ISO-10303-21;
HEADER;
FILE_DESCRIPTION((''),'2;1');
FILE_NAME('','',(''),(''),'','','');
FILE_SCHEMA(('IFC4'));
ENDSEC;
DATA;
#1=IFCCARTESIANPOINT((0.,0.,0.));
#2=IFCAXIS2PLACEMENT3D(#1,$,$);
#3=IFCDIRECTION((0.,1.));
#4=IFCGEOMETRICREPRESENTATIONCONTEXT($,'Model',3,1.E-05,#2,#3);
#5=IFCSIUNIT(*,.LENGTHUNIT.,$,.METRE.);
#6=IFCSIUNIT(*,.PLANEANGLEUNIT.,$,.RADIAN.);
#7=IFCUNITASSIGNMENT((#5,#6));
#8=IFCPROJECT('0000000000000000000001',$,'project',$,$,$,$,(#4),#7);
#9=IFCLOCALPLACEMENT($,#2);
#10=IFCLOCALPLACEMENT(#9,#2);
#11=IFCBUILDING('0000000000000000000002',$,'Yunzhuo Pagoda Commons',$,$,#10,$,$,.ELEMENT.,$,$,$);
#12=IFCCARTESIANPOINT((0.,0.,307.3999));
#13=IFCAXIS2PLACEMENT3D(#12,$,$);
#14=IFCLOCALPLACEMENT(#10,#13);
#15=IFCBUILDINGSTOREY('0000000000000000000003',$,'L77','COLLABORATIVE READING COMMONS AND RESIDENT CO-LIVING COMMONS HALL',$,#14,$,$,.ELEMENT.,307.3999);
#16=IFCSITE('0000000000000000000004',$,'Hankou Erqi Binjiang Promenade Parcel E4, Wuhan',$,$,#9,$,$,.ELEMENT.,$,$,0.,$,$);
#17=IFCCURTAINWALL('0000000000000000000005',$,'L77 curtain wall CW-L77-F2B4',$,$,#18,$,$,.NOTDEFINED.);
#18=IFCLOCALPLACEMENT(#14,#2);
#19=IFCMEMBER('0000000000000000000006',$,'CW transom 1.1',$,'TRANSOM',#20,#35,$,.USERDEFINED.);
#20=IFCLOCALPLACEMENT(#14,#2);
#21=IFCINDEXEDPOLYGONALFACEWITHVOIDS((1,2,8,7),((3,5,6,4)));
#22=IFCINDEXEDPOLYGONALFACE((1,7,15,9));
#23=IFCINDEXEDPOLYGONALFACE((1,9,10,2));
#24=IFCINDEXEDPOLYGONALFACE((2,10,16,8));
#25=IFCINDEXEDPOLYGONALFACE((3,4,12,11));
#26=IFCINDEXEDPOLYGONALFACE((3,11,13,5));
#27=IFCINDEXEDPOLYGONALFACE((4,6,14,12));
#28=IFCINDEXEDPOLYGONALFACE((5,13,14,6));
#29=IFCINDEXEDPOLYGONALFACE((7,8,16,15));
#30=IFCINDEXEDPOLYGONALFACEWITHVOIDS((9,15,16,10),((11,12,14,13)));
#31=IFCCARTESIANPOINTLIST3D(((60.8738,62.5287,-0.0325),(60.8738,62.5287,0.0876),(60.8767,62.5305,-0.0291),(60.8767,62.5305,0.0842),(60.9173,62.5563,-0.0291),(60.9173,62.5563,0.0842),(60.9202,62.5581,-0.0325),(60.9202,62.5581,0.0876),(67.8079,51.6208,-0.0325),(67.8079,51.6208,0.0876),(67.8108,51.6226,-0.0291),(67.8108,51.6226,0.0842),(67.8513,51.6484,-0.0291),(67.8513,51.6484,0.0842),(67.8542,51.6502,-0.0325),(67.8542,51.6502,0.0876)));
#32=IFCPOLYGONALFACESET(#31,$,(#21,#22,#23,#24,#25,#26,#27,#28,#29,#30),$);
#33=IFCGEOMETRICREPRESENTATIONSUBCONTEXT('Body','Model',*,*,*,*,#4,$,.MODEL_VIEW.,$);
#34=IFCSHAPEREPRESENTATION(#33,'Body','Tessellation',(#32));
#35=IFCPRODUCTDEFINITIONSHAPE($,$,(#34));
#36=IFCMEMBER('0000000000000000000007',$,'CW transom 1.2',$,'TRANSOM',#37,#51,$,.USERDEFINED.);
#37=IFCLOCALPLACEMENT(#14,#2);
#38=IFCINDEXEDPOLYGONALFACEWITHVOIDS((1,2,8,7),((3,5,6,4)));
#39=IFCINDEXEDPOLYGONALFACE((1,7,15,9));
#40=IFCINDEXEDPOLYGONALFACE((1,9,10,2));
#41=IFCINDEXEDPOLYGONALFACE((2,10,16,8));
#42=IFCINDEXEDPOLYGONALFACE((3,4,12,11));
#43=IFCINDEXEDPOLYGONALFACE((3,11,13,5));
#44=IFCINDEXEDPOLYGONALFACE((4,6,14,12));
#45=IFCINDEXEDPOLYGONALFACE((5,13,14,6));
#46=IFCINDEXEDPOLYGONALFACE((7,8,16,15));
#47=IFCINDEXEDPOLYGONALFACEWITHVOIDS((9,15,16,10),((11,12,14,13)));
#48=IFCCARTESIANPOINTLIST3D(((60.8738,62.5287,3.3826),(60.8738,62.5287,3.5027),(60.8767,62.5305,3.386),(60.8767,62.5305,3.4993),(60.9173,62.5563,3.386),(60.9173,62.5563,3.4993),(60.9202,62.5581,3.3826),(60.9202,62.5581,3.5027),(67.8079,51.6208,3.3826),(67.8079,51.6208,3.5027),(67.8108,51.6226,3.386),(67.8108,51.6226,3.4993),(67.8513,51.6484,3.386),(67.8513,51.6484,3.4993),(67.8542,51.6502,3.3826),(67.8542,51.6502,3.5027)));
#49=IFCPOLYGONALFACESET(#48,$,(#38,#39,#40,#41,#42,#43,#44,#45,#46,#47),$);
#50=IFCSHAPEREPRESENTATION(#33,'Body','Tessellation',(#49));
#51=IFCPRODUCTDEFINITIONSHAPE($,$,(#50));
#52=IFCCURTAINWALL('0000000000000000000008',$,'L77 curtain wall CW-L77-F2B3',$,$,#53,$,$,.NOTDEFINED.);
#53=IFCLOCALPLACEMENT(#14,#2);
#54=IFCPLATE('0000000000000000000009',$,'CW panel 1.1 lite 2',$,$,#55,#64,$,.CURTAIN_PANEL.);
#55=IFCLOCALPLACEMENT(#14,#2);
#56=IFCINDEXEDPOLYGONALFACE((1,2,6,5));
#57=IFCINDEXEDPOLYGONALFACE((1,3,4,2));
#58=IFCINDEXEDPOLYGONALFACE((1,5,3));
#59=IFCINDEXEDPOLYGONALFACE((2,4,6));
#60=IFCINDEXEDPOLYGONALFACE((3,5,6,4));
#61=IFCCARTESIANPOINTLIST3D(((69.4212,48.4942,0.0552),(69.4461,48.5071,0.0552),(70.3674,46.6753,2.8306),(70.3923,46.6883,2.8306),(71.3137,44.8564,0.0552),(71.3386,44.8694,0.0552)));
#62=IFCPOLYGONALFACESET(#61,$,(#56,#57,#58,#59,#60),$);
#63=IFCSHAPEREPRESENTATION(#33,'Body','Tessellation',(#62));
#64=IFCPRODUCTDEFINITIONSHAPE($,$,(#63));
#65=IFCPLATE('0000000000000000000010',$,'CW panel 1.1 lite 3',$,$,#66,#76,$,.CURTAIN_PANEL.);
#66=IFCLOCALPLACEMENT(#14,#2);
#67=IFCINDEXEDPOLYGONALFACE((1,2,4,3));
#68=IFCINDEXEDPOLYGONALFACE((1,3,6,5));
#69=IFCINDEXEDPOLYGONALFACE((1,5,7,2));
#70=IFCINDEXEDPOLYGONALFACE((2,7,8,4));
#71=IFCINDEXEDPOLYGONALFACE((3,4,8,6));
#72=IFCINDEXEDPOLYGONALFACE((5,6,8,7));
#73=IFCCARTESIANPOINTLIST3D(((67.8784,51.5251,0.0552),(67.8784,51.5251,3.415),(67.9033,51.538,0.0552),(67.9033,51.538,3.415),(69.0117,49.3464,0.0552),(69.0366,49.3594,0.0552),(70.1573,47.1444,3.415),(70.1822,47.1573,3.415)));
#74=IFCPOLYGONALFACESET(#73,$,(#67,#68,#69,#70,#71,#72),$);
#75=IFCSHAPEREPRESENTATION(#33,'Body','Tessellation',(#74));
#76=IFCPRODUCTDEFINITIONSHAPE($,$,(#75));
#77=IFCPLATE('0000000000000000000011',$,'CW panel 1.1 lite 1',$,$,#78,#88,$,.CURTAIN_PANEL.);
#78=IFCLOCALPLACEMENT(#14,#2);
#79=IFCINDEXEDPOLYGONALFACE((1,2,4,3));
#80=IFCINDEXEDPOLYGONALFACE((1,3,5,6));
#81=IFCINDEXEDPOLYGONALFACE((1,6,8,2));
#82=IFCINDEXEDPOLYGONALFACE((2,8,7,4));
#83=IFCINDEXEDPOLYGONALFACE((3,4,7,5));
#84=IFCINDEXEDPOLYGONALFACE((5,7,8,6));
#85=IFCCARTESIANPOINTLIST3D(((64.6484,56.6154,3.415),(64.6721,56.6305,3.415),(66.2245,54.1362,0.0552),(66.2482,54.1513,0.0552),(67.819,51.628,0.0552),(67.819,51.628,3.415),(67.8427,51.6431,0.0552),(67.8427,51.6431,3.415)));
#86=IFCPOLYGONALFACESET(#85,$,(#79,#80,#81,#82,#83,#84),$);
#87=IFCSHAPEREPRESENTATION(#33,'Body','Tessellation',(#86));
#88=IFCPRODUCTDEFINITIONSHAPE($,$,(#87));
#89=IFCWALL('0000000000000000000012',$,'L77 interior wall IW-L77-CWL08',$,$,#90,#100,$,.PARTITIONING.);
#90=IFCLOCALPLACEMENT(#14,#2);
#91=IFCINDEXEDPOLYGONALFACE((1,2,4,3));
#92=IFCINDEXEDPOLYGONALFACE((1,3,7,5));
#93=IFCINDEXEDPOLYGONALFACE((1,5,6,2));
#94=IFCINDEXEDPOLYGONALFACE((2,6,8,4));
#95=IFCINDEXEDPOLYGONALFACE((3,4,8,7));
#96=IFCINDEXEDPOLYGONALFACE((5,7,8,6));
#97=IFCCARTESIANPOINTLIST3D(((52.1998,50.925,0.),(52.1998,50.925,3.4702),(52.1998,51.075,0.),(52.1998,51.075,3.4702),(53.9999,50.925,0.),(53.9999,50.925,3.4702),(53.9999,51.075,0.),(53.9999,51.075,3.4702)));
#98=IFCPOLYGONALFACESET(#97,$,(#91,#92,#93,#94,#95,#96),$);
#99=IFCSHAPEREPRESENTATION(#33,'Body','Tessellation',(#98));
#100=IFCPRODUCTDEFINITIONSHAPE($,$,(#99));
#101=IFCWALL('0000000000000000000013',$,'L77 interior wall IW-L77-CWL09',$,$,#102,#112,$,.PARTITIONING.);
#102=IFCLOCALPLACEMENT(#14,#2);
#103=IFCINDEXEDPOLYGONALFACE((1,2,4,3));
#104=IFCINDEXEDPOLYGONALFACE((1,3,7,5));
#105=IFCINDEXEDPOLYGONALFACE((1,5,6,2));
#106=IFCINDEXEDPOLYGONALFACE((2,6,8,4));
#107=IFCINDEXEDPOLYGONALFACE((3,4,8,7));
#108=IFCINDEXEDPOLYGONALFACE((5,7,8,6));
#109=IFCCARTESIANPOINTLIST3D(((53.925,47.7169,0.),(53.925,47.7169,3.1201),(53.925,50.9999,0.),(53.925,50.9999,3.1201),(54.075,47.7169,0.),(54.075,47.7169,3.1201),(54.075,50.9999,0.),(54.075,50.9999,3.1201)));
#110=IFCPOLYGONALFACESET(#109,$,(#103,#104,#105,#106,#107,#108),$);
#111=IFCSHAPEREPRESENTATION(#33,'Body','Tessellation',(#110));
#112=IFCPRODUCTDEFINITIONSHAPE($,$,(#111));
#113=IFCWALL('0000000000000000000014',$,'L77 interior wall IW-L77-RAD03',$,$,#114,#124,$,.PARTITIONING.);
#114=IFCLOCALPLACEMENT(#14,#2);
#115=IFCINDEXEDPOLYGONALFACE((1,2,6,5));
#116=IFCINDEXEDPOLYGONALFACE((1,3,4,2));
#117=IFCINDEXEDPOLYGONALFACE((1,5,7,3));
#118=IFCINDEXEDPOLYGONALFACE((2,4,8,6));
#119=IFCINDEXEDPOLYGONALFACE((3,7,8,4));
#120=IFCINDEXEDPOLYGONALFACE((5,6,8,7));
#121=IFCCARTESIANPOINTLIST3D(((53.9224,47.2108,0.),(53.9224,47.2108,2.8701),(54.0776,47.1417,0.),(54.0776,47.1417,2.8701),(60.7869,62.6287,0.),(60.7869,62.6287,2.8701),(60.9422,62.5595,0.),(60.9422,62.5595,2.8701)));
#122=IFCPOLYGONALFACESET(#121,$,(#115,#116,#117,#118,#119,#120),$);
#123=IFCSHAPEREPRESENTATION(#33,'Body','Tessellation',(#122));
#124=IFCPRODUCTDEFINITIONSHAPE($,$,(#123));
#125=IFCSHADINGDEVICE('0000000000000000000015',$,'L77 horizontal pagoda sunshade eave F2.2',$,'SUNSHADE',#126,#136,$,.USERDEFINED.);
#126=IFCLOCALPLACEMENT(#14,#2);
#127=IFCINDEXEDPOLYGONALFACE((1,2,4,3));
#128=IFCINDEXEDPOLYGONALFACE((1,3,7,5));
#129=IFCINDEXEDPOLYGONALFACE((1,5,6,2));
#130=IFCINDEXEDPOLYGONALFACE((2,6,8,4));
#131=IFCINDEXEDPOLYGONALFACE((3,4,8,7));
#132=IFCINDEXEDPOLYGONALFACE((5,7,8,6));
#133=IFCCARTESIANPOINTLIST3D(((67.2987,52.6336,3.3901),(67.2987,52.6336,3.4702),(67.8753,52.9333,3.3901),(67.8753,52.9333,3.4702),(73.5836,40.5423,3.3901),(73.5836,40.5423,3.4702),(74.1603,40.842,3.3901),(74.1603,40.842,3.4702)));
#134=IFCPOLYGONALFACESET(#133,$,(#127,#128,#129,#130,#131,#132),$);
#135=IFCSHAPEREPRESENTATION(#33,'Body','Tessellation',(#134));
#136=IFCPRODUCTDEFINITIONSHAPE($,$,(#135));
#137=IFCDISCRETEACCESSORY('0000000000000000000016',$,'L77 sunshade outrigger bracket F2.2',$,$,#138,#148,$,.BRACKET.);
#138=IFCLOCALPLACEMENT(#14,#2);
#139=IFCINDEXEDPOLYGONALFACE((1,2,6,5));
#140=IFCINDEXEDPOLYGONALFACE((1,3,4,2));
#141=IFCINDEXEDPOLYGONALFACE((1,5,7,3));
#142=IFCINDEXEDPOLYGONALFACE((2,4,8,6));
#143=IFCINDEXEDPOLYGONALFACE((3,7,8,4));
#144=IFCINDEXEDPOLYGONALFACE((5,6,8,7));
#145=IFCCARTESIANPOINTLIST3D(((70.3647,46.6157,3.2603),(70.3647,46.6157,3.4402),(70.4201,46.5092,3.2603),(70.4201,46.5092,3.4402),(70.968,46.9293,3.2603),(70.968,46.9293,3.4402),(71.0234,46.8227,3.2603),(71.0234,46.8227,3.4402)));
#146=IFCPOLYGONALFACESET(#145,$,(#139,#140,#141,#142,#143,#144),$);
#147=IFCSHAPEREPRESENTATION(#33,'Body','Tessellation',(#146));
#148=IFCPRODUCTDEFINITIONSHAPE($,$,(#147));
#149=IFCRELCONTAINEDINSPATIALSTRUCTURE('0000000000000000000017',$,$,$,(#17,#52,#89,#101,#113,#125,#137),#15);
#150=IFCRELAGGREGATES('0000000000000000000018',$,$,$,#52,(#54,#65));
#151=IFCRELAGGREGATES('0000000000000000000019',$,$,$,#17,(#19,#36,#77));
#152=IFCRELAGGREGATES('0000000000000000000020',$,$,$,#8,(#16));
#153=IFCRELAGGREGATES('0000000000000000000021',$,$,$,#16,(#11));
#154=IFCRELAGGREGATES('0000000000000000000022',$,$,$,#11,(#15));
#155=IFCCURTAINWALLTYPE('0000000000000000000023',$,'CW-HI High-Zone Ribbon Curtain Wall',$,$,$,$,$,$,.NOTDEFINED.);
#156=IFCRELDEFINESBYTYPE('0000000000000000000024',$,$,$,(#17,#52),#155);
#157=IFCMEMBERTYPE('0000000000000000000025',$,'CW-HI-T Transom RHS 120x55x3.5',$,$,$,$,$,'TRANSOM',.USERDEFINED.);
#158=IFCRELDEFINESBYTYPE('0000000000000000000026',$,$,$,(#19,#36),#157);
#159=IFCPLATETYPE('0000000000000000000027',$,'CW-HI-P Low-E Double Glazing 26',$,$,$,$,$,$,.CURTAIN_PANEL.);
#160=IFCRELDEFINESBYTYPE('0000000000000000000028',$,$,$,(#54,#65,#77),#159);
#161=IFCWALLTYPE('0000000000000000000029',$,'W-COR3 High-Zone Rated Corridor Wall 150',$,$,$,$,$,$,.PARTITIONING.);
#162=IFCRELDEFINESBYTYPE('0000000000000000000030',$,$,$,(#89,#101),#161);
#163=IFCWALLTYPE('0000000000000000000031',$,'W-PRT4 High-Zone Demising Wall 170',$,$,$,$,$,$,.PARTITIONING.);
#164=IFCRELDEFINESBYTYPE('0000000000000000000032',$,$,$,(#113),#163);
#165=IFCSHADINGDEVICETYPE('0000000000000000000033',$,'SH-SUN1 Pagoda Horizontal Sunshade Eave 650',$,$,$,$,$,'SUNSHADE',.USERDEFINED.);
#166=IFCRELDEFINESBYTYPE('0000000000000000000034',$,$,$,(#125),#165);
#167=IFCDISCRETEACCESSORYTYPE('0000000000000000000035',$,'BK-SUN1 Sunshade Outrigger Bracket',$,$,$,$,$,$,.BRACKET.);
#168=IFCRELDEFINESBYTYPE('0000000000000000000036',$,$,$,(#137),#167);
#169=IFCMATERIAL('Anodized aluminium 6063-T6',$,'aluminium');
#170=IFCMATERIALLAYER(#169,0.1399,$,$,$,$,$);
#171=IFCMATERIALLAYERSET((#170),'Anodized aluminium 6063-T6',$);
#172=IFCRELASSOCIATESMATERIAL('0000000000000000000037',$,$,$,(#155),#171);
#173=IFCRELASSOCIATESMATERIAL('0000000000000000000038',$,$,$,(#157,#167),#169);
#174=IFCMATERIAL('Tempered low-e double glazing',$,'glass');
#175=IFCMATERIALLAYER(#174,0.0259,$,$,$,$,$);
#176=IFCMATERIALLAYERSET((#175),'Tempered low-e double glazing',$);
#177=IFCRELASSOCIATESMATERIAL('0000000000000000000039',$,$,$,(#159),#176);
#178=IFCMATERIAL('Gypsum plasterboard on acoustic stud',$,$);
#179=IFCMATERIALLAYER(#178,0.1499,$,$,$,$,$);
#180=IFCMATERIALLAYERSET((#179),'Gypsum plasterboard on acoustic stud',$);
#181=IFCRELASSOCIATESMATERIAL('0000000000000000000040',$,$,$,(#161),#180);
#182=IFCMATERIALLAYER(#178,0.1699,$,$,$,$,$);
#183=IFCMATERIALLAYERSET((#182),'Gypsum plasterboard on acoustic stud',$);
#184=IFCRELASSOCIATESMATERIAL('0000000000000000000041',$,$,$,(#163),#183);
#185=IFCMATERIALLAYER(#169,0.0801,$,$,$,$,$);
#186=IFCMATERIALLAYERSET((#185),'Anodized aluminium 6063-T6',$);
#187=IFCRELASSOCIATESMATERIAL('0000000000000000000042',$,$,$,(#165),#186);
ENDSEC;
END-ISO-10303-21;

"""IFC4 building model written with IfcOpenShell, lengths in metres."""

from ifc_helpers import new_model, si_unit, direction, frame, frame_2d, origin, origin_2d, place, context, subcontext, project, spatial, polyline, rectangle, hollow_rectangle, outline, extrude, source, transform, mapped, material, layer, layer_set, material_profile, profile_set, type_object, element, aggregate, save


model = new_model("IFC4")

# Units and contexts
model_context = context("Model", 3, precision=1e-05, world=origin(), true_north=direction((0.0, 1.0)))
body_context = subcontext(model_context, "Body", "Model", "MODEL_VIEW")
ifc_project = project(units=[si_unit("LENGTHUNIT", "METRE"), si_unit("PLANEANGLEUNIT", "RADIAN")], contexts=[model_context])

# Site, building, storey
site_placement = place(None, origin())
site = spatial("IfcSite", under=ifc_project, at=site_placement, Name="Hankou Erqi Binjiang Promenade Parcel E4, Wuhan", CompositionType="ELEMENT", RefElevation=0.0)
building_placement = place(site_placement, origin())
building = spatial("IfcBuilding", under=site, at=building_placement, Name="Yunzhuo Pagoda Commons", CompositionType="ELEMENT")
storey_placement = place(building_placement, frame((0.0, 0.0, 307.3999)))
storey = spatial("IfcBuildingStorey", under=building, at=storey_placement, Name="L77", Description="COLLABORATIVE READING COMMONS AND RESIDENT CO-LIVING COMMONS HALL", CompositionType="ELEMENT", Elevation=307.3999)

# Curtain wall, members
ifc_material_1 = material(Name="Anodized aluminium 6063-T6", Category="aluminium")
ifc_layer_1 = layer(ifc_material_1, 0.1399)
ifc_layer_set_1 = layer_set([ifc_layer_1], Name="Anodized aluminium 6063-T6")
curtain_wall_type = type_object("IfcCurtainWallType", Name="CW-HI High-Zone Ribbon Curtain Wall", PredefinedType="NOTDEFINED", material=ifc_layer_set_1)
curtain_wall_1_placement = place(storey_placement, origin())
curtain_wall_1 = element("IfcCurtainWall", 1, at=curtain_wall_1_placement, inside=storey, type_object=curtain_wall_type, Name="L77 curtain wall CW-L77-F2B4", PredefinedType="NOTDEFINED")
ifc_material_profile_1 = material_profile(ifc_material_1, hollow_rectangle(XDim=0.0549, YDim=0.1201, WallThickness=0.0034, at=origin_2d()), Name="Anodized aluminium 6063-T6")
ifc_profile_set_1 = profile_set([ifc_material_profile_1], Name="Anodized aluminium 6063-T6")
member_type_1 = type_object("IfcMemberType", Name="CW-HI-T Transom RHS 120x55x3.5", ElementType="TRANSOM", PredefinedType="USERDEFINED", material=ifc_profile_set_1)
shared_shape_1 = source(origin(), body_context, "Body", "SweptSolid", [
    extrude(hollow_rectangle(XDim=0.0549, YDim=0.1201, WallThickness=0.0034, at=origin_2d()), origin(), (0.0, 0.0, 1.0), 12.9253),
])
member_1_placement = place(storey_placement, frame((67.8311, 51.6355, 0.0276), z_axis=(-0.536471, 0.843919, 0.0), x_axis=(-0.843919, -0.536471, 0.0)))
member_1 = element("IfcMember", 2, at=member_1_placement, type_object=member_type_1, Name="CW transom 1.1", ObjectType="TRANSOM", PredefinedType="USERDEFINED", context=body_context, shape_type="MappedRepresentation", body=[
    mapped(shared_shape_1, transform((0.0, 0.0, 0.0), scale=1.0)),
])
member_2_placement = place(storey_placement, frame((67.8311, 51.6355, 3.4426), z_axis=(-0.536471, 0.843919, 0.0), x_axis=(-0.843919, -0.536471, 0.0)))
member_2 = element("IfcMember", 3, at=member_2_placement, type_object=member_type_1, Name="CW transom 1.2", ObjectType="TRANSOM", PredefinedType="USERDEFINED", context=body_context, shape_type="MappedRepresentation", body=[
    mapped(shared_shape_1, transform((0.0, 0.0, 0.0), scale=1.0)),
])

# Curtain wall, plates
curtain_wall_2_placement = place(storey_placement, origin())
curtain_wall_2 = element("IfcCurtainWall", 4, at=curtain_wall_2_placement, inside=storey, type_object=curtain_wall_type, Name="L77 curtain wall CW-L77-F2B3", PredefinedType="NOTDEFINED")
ifc_material_2 = material(Name="Tempered low-e double glazing", Category="glass")
ifc_layer_2 = layer(ifc_material_2, 0.0259)
ifc_layer_set_2 = layer_set([ifc_layer_2], Name="Tempered low-e double glazing")
plate_type = type_object("IfcPlateType", Name="CW-HI-P Low-E Double Glazing 26", PredefinedType="CURTAIN_PANEL", material=ifc_layer_set_2)
plate_1_placement = place(storey_placement, frame((70.3674, 46.6753, 1.4429), z_axis=(0.887137, 0.461505, 0.0), x_axis=(-0.461505, 0.887137, 0.0)))
plate_1 = element("IfcPlate", 5, at=plate_1_placement, type_object=plate_type, Name="CW panel 1.1 lite 2", PredefinedType="CURTAIN_PANEL", context=body_context, shape_type="SweptSolid", body=[
    extrude(outline(polyline([(-2.0503, -1.3877), (2.0503, -1.3877), (0.0, 1.3877), (-2.0503, -1.3877)])), origin(), (0.0, 0.0, 1.0), 0.0281),
])
plate_2_placement = place(storey_placement, frame((69.0178, 49.3347, 1.7351), z_axis=(0.887137, 0.461505, 0.0), x_axis=(-0.461505, 0.887137, 0.0)))
plate_2 = element("IfcPlate", 6, at=plate_2_placement, type_object=plate_type, Name="CW panel 1.1 lite 3", PredefinedType="CURTAIN_PANEL", context=body_context, shape_type="SweptSolid", body=[
    extrude(outline(polyline([(-2.469, 1.6799), (0.0132, -1.6799), (2.469, -1.6799), (2.469, 1.6799), (-2.469, 1.6799)])), origin(), (0.0, 0.0, 1.0), 0.0281),
])
aggregate(curtain_wall_2, [plate_1, plate_2])

# Plate
plate_3_placement = place(storey_placement, frame((66.2336, 54.1218, 1.7351), z_axis=(0.84391, 0.536485, 0.0), x_axis=(-0.536485, 0.84391, 0.0)))
plate_3 = element("IfcPlate", 7, at=plate_3_placement, type_object=plate_type, Name="CW panel 1.1 lite 1", PredefinedType="CURTAIN_PANEL", context=body_context, shape_type="SweptSolid", body=[
    extrude(outline(polyline([(-2.9551, -1.6799), (0.0171, -1.6799), (2.9548, 1.6799), (-2.9551, 1.6799), (-2.9551, -1.6799)])), origin(), (0.0, 0.0, 1.0), 0.0281),
])
aggregate(curtain_wall_1, [member_1, member_2, plate_3])

# Walls
ifc_material_3 = material(Name="Gypsum plasterboard on acoustic stud")
ifc_layer_3 = layer(ifc_material_3, 0.1499)
ifc_layer_set_3 = layer_set([ifc_layer_3], Name="Gypsum plasterboard on acoustic stud")
wall_type_1 = type_object("IfcWallType", Name="W-COR3 High-Zone Rated Corridor Wall 150", PredefinedType="PARTITIONING", material=ifc_layer_set_3)
wall_1_placement = place(storey_placement, frame((52.2, 51.0, 0.0), z_axis=(0.0, 0.0, 1.0), x_axis=(1.0, 0.0, 0.0)))
element("IfcWall", 8, at=wall_1_placement, inside=storey, type_object=wall_type_1, Name="L77 interior wall IW-L77-CWL08", PredefinedType="PARTITIONING", context=body_context, shape_type="SweptSolid", body=[
    extrude(rectangle(XDim=1.8, YDim=0.1499, at=frame_2d((0.8999, 0.0))), origin(), (0.0, 0.0, 1.0), 3.4702),
])
wall_2_placement = place(storey_placement, frame((54.0, 51.0, 0.0), z_axis=(0.0, 0.0, 1.0), x_axis=(0.0, -1.0, 0.0)))
element("IfcWall", 9, at=wall_2_placement, inside=storey, type_object=wall_type_1, Name="L77 interior wall IW-L77-CWL09", PredefinedType="PARTITIONING", context=body_context, shape_type="SweptSolid", body=[
    extrude(rectangle(XDim=3.283, YDim=0.1499, at=frame_2d((1.6416, 0.0))), origin(), (0.0, 0.0, 1.0), 3.1201),
])

# Wall
ifc_layer_4 = layer(ifc_material_3, 0.1699)
ifc_layer_set_4 = layer_set([ifc_layer_4], Name="Gypsum plasterboard on acoustic stud")
wall_type_2 = type_object("IfcWallType", Name="W-PRT4 High-Zone Demising Wall 170", PredefinedType="PARTITIONING", material=ifc_layer_set_4)
wall_3_placement = place(storey_placement, frame((54.0, 47.1763, 0.0), z_axis=(0.0, 0.0, 1.0), x_axis=(0.406741, 0.913544, 0.0)))
element("IfcWall", 10, at=wall_3_placement, inside=storey, type_object=wall_type_2, Name="L77 interior wall IW-L77-RAD03", PredefinedType="PARTITIONING", context=body_context, shape_type="SweptSolid", body=[
    extrude(rectangle(XDim=16.877, YDim=0.1699, at=frame_2d((8.4385, 0.0))), origin(), (0.0, 0.0, 1.0), 2.8701),
])

# Shading device
ifc_layer_5 = layer(ifc_material_1, 0.0801)
ifc_layer_set_5 = layer_set([ifc_layer_5], Name="Anodized aluminium 6063-T6")
shading_device_type = type_object("IfcShadingDeviceType", Name="SH-SUN1 Pagoda Horizontal Sunshade Eave 650", ElementType="SUNSHADE", PredefinedType="USERDEFINED", material=ifc_layer_set_5)
shared_shape_2 = source(origin(), body_context, "Body", "SweptSolid", [
    extrude(rectangle(XDim=13.6272, YDim=0.6499, at=origin_2d()), origin(), (0.0, 0.0, 1.0), 0.0801),
])
shading_device_placement = place(storey_placement, frame((70.7295, 46.7378, 3.3901), z_axis=(0.0, 0.0, 1.0), x_axis=(-0.461207, 0.887293, 0.0)))
element("IfcShadingDevice", 11, at=shading_device_placement, inside=storey, type_object=shading_device_type, Name="L77 horizontal pagoda sunshade eave F2.2", ObjectType="SUNSHADE", PredefinedType="USERDEFINED", context=body_context, shape_type="MappedRepresentation", body=[
    mapped(shared_shape_2, transform((0.0, 0.0, 0.0), scale=1.0)),
])

# Discrete accessory
discrete_accessory_type = type_object("IfcDiscreteAccessoryType", Name="BK-SUN1 Sunshade Outrigger Bracket", PredefinedType="BRACKET", material=ifc_material_1)
shared_shape_3 = source(origin(), body_context, "Body", "SweptSolid", [
    extrude(rectangle(XDim=0.1201, YDim=0.6799, at=origin_2d()), origin(), (0.0, 0.0, 1.0), 0.1799),
])
discrete_accessory_placement = place(storey_placement, frame((70.6941, 46.7192, 3.2603), z_axis=(0.0, 0.0, 1.0), x_axis=(-0.461207, 0.887293, 0.0)))
element("IfcDiscreteAccessory", 12, at=discrete_accessory_placement, inside=storey, type_object=discrete_accessory_type, Name="L77 sunshade outrigger bracket F2.2", PredefinedType="BRACKET", context=body_context, shape_type="MappedRepresentation", body=[
    mapped(shared_shape_3, transform((0.0, 0.0, 0.0), scale=1.0)),
])

save(model, "model.ifc")
